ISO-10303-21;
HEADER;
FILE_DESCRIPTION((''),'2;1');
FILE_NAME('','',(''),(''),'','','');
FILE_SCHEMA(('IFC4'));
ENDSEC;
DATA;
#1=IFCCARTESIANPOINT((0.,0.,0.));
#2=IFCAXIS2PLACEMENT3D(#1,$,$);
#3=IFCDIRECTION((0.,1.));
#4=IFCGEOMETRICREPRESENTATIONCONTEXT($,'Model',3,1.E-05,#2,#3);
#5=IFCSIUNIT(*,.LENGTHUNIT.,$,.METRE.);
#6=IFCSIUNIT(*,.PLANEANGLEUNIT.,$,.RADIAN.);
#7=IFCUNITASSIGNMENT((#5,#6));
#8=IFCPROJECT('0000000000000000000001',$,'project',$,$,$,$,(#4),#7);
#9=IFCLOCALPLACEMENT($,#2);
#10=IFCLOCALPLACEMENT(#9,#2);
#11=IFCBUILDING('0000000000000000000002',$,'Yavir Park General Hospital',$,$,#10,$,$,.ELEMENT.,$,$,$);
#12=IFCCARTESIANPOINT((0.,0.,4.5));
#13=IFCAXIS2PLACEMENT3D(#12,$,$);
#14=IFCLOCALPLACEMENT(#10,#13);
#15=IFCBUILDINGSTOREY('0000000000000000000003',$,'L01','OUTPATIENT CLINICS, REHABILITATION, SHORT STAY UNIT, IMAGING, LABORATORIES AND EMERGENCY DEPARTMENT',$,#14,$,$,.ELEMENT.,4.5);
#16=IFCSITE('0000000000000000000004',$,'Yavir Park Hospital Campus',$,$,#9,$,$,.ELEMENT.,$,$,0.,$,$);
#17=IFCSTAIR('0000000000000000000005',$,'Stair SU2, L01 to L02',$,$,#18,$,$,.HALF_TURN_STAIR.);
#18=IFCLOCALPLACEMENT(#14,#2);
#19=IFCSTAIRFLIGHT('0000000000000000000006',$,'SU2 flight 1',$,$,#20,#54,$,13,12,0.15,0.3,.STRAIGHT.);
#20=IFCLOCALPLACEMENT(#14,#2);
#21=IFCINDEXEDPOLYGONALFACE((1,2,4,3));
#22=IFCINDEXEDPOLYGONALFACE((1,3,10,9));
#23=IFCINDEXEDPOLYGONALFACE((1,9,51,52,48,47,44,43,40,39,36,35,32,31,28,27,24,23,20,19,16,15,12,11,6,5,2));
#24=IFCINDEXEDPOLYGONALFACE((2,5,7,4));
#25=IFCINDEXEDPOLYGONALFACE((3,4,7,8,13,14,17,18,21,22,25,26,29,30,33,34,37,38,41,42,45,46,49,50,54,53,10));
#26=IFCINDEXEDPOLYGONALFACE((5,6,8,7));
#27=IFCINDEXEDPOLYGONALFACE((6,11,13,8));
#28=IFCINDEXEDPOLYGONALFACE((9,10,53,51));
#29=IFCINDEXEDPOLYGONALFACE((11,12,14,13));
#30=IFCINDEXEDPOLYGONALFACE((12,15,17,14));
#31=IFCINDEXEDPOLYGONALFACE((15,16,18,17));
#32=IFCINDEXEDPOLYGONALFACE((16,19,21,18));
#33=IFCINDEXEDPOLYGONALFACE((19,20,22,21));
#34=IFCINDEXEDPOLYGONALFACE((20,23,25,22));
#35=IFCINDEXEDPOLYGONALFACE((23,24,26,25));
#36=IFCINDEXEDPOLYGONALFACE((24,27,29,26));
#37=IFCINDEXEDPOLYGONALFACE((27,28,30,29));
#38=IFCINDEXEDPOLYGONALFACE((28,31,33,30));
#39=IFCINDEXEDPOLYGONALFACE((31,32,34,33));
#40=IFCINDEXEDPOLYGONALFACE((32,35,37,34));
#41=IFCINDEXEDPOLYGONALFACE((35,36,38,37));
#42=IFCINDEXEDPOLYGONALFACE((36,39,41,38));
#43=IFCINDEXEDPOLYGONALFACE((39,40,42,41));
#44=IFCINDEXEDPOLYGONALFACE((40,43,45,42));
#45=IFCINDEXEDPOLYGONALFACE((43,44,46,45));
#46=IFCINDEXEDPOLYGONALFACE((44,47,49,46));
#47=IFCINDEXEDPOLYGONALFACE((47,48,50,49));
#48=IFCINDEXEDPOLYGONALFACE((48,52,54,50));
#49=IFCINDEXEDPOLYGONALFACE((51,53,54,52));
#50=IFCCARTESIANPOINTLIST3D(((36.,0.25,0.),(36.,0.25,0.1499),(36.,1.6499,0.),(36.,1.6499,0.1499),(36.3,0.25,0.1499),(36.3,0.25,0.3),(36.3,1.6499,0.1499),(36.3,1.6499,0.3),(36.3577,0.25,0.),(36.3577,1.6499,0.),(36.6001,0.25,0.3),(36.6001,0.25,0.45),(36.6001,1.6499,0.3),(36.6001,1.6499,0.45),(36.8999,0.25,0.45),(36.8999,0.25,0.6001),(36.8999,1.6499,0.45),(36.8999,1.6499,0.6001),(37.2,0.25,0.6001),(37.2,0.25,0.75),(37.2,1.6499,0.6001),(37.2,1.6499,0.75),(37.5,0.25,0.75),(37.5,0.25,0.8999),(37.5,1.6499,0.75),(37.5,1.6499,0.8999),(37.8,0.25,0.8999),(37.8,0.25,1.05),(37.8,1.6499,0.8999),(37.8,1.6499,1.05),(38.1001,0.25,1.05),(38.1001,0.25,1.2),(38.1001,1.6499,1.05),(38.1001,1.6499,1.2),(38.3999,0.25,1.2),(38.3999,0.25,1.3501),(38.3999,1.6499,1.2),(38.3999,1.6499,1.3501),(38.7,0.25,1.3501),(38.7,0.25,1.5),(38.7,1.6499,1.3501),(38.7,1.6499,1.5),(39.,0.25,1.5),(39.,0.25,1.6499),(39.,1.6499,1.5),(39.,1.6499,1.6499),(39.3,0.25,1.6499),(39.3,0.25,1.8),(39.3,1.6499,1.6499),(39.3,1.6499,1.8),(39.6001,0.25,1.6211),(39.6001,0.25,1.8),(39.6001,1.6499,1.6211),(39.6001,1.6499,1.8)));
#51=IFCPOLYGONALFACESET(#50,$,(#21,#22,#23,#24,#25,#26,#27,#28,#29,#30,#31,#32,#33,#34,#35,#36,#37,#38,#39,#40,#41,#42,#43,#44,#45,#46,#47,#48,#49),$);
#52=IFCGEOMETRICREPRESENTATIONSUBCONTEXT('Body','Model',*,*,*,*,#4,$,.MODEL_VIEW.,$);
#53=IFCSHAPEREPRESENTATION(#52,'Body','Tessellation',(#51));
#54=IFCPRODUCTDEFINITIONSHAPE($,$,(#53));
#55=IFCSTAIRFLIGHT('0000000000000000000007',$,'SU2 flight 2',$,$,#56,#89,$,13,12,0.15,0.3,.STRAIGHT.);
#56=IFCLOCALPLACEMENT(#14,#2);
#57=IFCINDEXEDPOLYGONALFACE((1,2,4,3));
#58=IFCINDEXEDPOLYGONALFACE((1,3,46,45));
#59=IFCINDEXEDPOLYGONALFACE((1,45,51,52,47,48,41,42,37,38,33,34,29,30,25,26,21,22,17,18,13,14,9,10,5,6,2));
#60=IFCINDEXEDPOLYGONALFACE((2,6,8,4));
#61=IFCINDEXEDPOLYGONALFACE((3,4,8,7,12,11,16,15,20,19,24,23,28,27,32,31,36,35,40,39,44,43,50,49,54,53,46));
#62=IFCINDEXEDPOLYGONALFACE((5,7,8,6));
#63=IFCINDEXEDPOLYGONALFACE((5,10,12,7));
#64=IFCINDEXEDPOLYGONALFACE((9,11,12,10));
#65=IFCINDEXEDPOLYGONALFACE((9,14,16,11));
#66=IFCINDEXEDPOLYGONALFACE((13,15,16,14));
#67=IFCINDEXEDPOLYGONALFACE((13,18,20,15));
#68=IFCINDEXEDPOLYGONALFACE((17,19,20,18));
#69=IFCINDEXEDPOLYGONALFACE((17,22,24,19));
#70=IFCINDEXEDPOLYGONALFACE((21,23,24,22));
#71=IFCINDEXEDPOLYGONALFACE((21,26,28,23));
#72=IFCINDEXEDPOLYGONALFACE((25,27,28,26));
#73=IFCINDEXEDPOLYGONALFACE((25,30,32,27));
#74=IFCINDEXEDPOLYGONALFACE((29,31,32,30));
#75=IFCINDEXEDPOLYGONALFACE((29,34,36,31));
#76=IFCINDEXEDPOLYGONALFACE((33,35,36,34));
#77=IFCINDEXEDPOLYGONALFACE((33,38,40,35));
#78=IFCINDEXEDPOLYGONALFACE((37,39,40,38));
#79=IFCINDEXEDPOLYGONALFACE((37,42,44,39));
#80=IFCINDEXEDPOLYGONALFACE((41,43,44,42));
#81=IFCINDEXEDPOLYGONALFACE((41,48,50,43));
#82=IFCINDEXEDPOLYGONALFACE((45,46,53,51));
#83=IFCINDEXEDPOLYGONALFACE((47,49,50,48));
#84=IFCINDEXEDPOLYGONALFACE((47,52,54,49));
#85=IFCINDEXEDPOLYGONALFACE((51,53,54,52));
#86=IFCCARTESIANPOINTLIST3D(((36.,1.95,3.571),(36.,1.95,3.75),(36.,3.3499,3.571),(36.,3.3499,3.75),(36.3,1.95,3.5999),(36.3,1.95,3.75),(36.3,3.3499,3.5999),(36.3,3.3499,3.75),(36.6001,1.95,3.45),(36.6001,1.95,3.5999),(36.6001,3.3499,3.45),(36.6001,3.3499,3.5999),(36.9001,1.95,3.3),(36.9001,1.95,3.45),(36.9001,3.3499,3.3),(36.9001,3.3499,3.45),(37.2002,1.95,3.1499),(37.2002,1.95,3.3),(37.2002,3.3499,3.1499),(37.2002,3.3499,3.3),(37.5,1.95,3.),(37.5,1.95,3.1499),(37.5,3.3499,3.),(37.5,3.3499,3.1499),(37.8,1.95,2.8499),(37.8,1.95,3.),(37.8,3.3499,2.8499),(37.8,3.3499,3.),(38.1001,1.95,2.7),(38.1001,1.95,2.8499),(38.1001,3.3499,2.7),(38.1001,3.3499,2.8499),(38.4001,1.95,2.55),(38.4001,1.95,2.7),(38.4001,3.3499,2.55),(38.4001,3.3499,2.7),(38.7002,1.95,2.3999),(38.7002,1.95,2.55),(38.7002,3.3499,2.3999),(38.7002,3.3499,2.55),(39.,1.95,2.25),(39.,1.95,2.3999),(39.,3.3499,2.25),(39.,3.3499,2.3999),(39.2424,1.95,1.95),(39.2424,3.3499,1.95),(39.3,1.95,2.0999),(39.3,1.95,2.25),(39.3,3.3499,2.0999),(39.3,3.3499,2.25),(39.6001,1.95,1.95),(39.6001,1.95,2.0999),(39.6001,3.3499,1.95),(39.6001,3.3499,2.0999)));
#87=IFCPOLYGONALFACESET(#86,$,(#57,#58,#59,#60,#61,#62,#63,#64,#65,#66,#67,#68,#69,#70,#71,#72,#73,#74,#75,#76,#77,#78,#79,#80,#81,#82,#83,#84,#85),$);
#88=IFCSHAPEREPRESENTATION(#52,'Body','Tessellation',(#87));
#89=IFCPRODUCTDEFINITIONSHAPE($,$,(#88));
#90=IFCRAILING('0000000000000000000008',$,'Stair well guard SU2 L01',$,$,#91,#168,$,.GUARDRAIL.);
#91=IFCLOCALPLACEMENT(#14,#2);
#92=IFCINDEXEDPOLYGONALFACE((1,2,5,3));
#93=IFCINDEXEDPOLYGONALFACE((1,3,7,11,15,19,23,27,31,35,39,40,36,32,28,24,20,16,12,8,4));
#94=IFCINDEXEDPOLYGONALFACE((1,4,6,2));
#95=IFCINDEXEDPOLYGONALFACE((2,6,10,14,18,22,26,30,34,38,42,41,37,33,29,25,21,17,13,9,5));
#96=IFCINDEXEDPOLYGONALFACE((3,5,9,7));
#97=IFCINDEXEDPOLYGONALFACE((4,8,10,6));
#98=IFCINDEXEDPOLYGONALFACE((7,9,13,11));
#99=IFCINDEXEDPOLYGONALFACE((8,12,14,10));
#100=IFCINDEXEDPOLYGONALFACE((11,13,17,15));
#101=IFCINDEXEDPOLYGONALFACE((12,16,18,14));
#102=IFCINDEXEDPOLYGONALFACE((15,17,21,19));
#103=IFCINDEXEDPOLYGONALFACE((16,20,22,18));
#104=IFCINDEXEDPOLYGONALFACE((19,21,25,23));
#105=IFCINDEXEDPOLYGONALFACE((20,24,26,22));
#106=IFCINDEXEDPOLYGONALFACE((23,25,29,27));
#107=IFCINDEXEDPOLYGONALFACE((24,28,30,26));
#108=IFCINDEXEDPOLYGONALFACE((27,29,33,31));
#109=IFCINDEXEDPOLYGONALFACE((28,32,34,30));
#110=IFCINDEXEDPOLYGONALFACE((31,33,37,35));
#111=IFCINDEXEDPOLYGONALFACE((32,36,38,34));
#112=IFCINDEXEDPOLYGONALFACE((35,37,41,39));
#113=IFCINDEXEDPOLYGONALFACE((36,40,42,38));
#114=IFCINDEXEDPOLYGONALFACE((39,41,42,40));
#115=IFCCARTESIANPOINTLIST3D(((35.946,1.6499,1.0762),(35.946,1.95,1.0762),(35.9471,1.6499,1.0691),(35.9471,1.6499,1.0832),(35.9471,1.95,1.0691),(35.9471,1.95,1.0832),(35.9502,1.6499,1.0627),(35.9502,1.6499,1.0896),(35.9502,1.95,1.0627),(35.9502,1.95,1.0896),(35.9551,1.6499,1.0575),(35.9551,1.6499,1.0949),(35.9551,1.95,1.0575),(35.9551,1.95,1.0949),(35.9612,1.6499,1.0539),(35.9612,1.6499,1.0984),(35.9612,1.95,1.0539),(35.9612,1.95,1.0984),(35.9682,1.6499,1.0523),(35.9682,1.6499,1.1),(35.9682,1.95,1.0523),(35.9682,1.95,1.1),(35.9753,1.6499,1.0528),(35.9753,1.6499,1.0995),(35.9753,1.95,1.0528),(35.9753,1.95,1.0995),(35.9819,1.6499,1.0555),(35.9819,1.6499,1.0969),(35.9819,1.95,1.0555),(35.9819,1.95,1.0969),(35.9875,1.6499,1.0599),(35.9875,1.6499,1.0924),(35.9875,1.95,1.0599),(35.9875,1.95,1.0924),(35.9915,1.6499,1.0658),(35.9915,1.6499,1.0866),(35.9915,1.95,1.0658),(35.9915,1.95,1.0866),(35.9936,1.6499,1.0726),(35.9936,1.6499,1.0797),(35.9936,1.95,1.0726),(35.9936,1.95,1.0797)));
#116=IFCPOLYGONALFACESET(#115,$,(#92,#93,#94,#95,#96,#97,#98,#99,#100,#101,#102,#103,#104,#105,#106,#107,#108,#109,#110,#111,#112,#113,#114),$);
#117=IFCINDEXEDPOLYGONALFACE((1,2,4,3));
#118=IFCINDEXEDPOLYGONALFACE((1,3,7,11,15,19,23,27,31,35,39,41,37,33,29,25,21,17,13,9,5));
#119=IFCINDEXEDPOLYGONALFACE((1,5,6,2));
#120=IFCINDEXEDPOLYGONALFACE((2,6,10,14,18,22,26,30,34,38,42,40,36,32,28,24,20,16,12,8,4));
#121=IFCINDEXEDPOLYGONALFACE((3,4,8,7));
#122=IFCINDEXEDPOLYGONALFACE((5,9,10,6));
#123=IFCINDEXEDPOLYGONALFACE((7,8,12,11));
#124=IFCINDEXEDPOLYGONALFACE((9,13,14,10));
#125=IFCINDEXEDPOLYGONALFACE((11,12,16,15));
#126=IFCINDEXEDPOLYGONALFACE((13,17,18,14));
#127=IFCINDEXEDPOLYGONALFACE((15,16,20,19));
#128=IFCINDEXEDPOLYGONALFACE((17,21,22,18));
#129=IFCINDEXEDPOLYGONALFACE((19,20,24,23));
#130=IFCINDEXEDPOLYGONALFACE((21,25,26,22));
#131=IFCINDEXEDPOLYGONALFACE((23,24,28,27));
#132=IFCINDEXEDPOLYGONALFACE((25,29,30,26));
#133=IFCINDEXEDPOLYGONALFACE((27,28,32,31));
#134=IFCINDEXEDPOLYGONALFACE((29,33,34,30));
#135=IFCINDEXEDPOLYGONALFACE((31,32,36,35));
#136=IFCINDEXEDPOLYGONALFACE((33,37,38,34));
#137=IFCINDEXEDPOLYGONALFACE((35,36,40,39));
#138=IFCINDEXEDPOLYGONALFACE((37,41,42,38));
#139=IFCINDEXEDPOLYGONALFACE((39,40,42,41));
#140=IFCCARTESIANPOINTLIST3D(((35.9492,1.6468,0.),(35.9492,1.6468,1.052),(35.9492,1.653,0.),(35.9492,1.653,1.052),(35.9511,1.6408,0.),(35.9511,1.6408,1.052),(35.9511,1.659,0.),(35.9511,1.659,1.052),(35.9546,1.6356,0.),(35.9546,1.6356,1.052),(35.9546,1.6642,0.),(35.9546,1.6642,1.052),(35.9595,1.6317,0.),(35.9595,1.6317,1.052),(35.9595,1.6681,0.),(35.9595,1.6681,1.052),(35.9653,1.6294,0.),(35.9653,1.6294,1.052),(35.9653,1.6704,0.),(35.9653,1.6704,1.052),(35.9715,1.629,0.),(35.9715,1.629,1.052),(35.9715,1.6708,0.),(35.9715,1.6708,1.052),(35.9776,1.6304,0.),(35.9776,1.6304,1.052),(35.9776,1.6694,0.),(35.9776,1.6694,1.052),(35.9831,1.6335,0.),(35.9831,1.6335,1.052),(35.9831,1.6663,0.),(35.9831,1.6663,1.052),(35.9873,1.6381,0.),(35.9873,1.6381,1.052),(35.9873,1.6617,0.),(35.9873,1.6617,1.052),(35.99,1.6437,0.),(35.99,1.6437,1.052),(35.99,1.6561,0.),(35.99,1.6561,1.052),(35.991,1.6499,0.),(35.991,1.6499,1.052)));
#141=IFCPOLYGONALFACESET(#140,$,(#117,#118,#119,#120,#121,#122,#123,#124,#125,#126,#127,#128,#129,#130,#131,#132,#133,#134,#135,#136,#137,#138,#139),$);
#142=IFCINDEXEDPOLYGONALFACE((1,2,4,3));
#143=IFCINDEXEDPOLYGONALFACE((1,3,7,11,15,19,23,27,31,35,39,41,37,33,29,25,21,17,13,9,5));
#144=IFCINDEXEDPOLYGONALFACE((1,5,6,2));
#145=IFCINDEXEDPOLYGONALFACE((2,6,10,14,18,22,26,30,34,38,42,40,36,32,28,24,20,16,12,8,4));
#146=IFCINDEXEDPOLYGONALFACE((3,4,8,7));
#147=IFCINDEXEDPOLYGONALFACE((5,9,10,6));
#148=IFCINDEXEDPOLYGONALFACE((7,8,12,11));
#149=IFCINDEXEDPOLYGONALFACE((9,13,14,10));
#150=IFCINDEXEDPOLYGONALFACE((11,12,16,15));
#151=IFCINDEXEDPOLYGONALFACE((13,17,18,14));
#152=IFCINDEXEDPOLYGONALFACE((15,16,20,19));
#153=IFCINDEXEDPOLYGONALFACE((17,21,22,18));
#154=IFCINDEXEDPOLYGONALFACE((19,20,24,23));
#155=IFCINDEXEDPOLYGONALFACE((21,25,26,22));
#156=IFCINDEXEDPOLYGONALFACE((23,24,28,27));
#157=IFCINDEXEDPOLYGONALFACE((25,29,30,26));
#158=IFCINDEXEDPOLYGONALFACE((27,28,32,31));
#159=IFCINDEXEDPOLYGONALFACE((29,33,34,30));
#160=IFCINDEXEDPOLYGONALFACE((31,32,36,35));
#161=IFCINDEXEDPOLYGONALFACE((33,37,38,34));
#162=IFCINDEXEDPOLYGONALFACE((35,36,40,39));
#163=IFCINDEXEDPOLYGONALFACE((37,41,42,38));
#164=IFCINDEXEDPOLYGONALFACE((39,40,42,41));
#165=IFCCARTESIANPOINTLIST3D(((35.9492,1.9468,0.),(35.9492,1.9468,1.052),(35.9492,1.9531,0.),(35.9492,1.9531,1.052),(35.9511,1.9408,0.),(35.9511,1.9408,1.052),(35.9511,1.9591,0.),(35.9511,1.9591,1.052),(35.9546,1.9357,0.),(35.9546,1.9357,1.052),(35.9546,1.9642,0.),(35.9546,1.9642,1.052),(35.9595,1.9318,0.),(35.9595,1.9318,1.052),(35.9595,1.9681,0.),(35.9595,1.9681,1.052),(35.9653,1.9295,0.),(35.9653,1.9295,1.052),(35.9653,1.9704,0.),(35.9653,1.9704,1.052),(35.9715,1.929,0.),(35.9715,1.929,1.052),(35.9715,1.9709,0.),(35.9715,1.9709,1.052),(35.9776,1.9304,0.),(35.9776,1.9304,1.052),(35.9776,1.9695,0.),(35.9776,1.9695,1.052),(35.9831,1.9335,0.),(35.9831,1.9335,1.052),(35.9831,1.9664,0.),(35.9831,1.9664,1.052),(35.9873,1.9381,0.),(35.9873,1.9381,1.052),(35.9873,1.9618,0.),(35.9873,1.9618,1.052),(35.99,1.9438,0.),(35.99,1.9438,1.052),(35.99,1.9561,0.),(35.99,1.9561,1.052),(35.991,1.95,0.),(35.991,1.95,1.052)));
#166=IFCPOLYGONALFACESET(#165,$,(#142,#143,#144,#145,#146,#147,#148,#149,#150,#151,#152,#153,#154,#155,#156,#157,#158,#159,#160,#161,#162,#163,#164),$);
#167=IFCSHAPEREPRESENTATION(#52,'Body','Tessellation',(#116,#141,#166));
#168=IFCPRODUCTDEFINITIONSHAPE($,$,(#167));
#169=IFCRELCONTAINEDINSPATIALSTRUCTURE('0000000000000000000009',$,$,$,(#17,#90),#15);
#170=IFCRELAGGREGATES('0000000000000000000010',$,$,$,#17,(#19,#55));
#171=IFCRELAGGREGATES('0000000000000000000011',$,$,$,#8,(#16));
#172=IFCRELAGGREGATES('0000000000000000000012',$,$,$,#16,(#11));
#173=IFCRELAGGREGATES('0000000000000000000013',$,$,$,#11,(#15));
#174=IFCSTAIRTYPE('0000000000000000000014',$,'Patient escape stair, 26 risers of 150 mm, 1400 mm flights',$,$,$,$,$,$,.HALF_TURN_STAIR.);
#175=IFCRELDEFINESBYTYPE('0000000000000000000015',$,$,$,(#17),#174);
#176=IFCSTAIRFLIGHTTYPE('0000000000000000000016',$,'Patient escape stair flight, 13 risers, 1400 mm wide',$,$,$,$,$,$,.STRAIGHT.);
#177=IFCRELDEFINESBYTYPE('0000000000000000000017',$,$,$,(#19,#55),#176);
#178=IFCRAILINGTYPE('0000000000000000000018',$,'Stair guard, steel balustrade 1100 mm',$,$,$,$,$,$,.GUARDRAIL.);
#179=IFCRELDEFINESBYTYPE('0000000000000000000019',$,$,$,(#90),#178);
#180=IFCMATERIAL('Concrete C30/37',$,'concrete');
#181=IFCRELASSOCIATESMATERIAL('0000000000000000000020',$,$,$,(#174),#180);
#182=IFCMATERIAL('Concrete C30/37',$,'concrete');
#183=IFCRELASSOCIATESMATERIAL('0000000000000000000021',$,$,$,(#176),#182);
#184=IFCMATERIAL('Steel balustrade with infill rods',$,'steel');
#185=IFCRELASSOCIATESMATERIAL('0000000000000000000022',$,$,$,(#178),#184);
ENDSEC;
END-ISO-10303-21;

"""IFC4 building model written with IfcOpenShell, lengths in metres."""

from ifc_helpers import new_model, si_unit, direction, frame, origin, origin_2d, place, context, subcontext, project, spatial, polyline, circle, outline, extrude, material, type_object, element, aggregate, save


model = new_model("IFC4")

# Units and contexts
model_context = context("Model", 3, precision=1e-05, world=origin(), true_north=direction((0.0, 1.0)))
body_context = subcontext(model_context, "Body", "Model", "MODEL_VIEW")
ifc_project = project(units=[si_unit("LENGTHUNIT", "METRE"), si_unit("PLANEANGLEUNIT", "RADIAN")], contexts=[model_context])

# Site, building, storey
site_placement = place(None, origin())
site = spatial("IfcSite", under=ifc_project, at=site_placement, Name="Yavir Park Hospital Campus", CompositionType="ELEMENT", RefElevation=0.0)
building_placement = place(site_placement, origin())
building = spatial("IfcBuilding", under=site, at=building_placement, Name="Yavir Park General Hospital", CompositionType="ELEMENT")
storey_placement = place(building_placement, frame((0.0, 0.0, 4.5)))
storey = spatial("IfcBuildingStorey", under=building, at=storey_placement, Name="L01", Description="OUTPATIENT CLINICS, REHABILITATION, SHORT STAY UNIT, IMAGING, LABORATORIES AND EMERGENCY DEPARTMENT", CompositionType="ELEMENT", Elevation=4.5)

# Stair, stair flights
ifc_material_1 = material(Name="Concrete C30/37", Category="concrete")
stair_type = type_object("IfcStairType", Name="Patient escape stair, 26 risers of 150 mm, 1400 mm flights", PredefinedType="HALF_TURN_STAIR", material=ifc_material_1)
stair_placement = place(storey_placement, origin())
stair = element("IfcStair", 1, at=stair_placement, inside=storey, type_object=stair_type, Name="Stair SU2, L01 to L02", PredefinedType="HALF_TURN_STAIR")
ifc_material_2 = material(Name="Concrete C30/37", Category="concrete")
stair_flight_type = type_object("IfcStairFlightType", Name="Patient escape stair flight, 13 risers, 1400 mm wide", PredefinedType="STRAIGHT", material=ifc_material_2)
stair_flight_1_placement = place(storey_placement, frame((36.0, 0.95, 0.0), z_axis=(0.0, 0.0, 1.0), x_axis=(1.0, 0.0, 0.0)))
stair_flight_1 = element("IfcStairFlight", 2, at=stair_flight_1_placement, type_object=stair_flight_type, Name="SU2 flight 1", NumberOfRisers=13, NumberOfTreads=12, PredefinedType="STRAIGHT", RiserHeight=0.15, TreadLength=0.3, context=body_context, shape_type="SweptSolid", body=[
    extrude(outline(polyline([(0.0, 0.0), (0.0, 0.1499), (0.3, 0.1499), (0.3, 0.3), (0.6001, 0.3), (0.6001, 0.45), (0.8999, 0.45), (0.8999, 0.6001), (1.2, 0.6001), (1.2, 0.75), (1.5, 0.75), (1.5, 0.8999), (1.8, 0.8999), (1.8, 1.05), (2.1001, 1.05), (2.1001, 1.2), (2.3999, 1.2), (2.3999, 1.3501), (2.7, 1.3501), (2.7, 1.5), (3.0, 1.5), (3.0, 1.6499), (3.3, 1.6499), (3.3, 1.8), (3.6001, 1.8), (3.6001, 1.95), (3.6001, 1.6211), (0.3577, 0.0), (0.0, 0.0)])), frame((0.0, 0.7, 0.0), z_axis=(0.0, -1.0, 0.0), x_axis=(1.0, 0.0, 0.0)), (0.0, 0.0, 1.0), 1.3999),
])
stair_flight_2_placement = place(storey_placement, frame((39.6001, 2.6499, 1.95), z_axis=(0.0, 0.0, 1.0), x_axis=(-1.0, 0.0, 0.0)))
stair_flight_2 = element("IfcStairFlight", 3, at=stair_flight_2_placement, type_object=stair_flight_type, Name="SU2 flight 2", NumberOfRisers=13, NumberOfTreads=12, PredefinedType="STRAIGHT", RiserHeight=0.15, TreadLength=0.3, context=body_context, shape_type="SweptSolid", body=[
    extrude(outline(polyline([(0.0, 0.0), (0.0, 0.1499), (0.3, 0.1499), (0.3, 0.3), (0.6001, 0.3), (0.6001, 0.45), (0.8999, 0.45), (0.8999, 0.6001), (1.2, 0.6001), (1.2, 0.75), (1.5, 0.75), (1.5, 0.8999), (1.8, 0.8999), (1.8, 1.05), (2.1001, 1.05), (2.1001, 1.2), (2.3999, 1.2), (2.3999, 1.3501), (2.7, 1.3501), (2.7, 1.5), (3.0, 1.5), (3.0, 1.6499), (3.3, 1.6499), (3.3, 1.8), (3.6001, 1.8), (3.6001, 1.95), (3.6001, 1.6211), (0.3577, 0.0), (0.0, 0.0)])), frame((0.0, 0.7, 0.0), z_axis=(0.0, -1.0, 0.0), x_axis=(1.0, 0.0, 0.0)), (0.0, 0.0, 1.0), 1.3999),
])
aggregate(stair, [stair_flight_1, stair_flight_2])

# Railing
ifc_material_3 = material(Name="Steel balustrade with infill rods", Category="steel")
railing_type_1 = type_object("IfcRailingType", Name="Stair guard, steel balustrade 1100 mm", PredefinedType="GUARDRAIL", material=ifc_material_3)
railing_1_placement = place(storey_placement, frame((35.97, 1.6499, 0.0)))
element("IfcRailing", 4, at=railing_1_placement, inside=storey, type_object=railing_type_1, Name="Stair well guard SU2 L01", PredefinedType="GUARDRAIL", context=body_context, shape_type="SweptSolid", body=[
    extrude(circle(Radius=0.0239, at=origin_2d()), frame((0.0, 0.0, 1.0762), z_axis=(0.0, 1.0, 0.0), x_axis=(-1.0, 0.0, 0.0)), (0.0, 0.0, 1.0), 0.3),
    extrude(circle(Radius=0.021, at=origin_2d()), origin(), (0.0, 0.0, 1.0), 1.052),
    extrude(circle(Radius=0.021, at=origin_2d()), frame((0.0, 0.3, 0.0)), (0.0, 0.0, 1.0), 1.052),
])

save(model, "model.ifc")
